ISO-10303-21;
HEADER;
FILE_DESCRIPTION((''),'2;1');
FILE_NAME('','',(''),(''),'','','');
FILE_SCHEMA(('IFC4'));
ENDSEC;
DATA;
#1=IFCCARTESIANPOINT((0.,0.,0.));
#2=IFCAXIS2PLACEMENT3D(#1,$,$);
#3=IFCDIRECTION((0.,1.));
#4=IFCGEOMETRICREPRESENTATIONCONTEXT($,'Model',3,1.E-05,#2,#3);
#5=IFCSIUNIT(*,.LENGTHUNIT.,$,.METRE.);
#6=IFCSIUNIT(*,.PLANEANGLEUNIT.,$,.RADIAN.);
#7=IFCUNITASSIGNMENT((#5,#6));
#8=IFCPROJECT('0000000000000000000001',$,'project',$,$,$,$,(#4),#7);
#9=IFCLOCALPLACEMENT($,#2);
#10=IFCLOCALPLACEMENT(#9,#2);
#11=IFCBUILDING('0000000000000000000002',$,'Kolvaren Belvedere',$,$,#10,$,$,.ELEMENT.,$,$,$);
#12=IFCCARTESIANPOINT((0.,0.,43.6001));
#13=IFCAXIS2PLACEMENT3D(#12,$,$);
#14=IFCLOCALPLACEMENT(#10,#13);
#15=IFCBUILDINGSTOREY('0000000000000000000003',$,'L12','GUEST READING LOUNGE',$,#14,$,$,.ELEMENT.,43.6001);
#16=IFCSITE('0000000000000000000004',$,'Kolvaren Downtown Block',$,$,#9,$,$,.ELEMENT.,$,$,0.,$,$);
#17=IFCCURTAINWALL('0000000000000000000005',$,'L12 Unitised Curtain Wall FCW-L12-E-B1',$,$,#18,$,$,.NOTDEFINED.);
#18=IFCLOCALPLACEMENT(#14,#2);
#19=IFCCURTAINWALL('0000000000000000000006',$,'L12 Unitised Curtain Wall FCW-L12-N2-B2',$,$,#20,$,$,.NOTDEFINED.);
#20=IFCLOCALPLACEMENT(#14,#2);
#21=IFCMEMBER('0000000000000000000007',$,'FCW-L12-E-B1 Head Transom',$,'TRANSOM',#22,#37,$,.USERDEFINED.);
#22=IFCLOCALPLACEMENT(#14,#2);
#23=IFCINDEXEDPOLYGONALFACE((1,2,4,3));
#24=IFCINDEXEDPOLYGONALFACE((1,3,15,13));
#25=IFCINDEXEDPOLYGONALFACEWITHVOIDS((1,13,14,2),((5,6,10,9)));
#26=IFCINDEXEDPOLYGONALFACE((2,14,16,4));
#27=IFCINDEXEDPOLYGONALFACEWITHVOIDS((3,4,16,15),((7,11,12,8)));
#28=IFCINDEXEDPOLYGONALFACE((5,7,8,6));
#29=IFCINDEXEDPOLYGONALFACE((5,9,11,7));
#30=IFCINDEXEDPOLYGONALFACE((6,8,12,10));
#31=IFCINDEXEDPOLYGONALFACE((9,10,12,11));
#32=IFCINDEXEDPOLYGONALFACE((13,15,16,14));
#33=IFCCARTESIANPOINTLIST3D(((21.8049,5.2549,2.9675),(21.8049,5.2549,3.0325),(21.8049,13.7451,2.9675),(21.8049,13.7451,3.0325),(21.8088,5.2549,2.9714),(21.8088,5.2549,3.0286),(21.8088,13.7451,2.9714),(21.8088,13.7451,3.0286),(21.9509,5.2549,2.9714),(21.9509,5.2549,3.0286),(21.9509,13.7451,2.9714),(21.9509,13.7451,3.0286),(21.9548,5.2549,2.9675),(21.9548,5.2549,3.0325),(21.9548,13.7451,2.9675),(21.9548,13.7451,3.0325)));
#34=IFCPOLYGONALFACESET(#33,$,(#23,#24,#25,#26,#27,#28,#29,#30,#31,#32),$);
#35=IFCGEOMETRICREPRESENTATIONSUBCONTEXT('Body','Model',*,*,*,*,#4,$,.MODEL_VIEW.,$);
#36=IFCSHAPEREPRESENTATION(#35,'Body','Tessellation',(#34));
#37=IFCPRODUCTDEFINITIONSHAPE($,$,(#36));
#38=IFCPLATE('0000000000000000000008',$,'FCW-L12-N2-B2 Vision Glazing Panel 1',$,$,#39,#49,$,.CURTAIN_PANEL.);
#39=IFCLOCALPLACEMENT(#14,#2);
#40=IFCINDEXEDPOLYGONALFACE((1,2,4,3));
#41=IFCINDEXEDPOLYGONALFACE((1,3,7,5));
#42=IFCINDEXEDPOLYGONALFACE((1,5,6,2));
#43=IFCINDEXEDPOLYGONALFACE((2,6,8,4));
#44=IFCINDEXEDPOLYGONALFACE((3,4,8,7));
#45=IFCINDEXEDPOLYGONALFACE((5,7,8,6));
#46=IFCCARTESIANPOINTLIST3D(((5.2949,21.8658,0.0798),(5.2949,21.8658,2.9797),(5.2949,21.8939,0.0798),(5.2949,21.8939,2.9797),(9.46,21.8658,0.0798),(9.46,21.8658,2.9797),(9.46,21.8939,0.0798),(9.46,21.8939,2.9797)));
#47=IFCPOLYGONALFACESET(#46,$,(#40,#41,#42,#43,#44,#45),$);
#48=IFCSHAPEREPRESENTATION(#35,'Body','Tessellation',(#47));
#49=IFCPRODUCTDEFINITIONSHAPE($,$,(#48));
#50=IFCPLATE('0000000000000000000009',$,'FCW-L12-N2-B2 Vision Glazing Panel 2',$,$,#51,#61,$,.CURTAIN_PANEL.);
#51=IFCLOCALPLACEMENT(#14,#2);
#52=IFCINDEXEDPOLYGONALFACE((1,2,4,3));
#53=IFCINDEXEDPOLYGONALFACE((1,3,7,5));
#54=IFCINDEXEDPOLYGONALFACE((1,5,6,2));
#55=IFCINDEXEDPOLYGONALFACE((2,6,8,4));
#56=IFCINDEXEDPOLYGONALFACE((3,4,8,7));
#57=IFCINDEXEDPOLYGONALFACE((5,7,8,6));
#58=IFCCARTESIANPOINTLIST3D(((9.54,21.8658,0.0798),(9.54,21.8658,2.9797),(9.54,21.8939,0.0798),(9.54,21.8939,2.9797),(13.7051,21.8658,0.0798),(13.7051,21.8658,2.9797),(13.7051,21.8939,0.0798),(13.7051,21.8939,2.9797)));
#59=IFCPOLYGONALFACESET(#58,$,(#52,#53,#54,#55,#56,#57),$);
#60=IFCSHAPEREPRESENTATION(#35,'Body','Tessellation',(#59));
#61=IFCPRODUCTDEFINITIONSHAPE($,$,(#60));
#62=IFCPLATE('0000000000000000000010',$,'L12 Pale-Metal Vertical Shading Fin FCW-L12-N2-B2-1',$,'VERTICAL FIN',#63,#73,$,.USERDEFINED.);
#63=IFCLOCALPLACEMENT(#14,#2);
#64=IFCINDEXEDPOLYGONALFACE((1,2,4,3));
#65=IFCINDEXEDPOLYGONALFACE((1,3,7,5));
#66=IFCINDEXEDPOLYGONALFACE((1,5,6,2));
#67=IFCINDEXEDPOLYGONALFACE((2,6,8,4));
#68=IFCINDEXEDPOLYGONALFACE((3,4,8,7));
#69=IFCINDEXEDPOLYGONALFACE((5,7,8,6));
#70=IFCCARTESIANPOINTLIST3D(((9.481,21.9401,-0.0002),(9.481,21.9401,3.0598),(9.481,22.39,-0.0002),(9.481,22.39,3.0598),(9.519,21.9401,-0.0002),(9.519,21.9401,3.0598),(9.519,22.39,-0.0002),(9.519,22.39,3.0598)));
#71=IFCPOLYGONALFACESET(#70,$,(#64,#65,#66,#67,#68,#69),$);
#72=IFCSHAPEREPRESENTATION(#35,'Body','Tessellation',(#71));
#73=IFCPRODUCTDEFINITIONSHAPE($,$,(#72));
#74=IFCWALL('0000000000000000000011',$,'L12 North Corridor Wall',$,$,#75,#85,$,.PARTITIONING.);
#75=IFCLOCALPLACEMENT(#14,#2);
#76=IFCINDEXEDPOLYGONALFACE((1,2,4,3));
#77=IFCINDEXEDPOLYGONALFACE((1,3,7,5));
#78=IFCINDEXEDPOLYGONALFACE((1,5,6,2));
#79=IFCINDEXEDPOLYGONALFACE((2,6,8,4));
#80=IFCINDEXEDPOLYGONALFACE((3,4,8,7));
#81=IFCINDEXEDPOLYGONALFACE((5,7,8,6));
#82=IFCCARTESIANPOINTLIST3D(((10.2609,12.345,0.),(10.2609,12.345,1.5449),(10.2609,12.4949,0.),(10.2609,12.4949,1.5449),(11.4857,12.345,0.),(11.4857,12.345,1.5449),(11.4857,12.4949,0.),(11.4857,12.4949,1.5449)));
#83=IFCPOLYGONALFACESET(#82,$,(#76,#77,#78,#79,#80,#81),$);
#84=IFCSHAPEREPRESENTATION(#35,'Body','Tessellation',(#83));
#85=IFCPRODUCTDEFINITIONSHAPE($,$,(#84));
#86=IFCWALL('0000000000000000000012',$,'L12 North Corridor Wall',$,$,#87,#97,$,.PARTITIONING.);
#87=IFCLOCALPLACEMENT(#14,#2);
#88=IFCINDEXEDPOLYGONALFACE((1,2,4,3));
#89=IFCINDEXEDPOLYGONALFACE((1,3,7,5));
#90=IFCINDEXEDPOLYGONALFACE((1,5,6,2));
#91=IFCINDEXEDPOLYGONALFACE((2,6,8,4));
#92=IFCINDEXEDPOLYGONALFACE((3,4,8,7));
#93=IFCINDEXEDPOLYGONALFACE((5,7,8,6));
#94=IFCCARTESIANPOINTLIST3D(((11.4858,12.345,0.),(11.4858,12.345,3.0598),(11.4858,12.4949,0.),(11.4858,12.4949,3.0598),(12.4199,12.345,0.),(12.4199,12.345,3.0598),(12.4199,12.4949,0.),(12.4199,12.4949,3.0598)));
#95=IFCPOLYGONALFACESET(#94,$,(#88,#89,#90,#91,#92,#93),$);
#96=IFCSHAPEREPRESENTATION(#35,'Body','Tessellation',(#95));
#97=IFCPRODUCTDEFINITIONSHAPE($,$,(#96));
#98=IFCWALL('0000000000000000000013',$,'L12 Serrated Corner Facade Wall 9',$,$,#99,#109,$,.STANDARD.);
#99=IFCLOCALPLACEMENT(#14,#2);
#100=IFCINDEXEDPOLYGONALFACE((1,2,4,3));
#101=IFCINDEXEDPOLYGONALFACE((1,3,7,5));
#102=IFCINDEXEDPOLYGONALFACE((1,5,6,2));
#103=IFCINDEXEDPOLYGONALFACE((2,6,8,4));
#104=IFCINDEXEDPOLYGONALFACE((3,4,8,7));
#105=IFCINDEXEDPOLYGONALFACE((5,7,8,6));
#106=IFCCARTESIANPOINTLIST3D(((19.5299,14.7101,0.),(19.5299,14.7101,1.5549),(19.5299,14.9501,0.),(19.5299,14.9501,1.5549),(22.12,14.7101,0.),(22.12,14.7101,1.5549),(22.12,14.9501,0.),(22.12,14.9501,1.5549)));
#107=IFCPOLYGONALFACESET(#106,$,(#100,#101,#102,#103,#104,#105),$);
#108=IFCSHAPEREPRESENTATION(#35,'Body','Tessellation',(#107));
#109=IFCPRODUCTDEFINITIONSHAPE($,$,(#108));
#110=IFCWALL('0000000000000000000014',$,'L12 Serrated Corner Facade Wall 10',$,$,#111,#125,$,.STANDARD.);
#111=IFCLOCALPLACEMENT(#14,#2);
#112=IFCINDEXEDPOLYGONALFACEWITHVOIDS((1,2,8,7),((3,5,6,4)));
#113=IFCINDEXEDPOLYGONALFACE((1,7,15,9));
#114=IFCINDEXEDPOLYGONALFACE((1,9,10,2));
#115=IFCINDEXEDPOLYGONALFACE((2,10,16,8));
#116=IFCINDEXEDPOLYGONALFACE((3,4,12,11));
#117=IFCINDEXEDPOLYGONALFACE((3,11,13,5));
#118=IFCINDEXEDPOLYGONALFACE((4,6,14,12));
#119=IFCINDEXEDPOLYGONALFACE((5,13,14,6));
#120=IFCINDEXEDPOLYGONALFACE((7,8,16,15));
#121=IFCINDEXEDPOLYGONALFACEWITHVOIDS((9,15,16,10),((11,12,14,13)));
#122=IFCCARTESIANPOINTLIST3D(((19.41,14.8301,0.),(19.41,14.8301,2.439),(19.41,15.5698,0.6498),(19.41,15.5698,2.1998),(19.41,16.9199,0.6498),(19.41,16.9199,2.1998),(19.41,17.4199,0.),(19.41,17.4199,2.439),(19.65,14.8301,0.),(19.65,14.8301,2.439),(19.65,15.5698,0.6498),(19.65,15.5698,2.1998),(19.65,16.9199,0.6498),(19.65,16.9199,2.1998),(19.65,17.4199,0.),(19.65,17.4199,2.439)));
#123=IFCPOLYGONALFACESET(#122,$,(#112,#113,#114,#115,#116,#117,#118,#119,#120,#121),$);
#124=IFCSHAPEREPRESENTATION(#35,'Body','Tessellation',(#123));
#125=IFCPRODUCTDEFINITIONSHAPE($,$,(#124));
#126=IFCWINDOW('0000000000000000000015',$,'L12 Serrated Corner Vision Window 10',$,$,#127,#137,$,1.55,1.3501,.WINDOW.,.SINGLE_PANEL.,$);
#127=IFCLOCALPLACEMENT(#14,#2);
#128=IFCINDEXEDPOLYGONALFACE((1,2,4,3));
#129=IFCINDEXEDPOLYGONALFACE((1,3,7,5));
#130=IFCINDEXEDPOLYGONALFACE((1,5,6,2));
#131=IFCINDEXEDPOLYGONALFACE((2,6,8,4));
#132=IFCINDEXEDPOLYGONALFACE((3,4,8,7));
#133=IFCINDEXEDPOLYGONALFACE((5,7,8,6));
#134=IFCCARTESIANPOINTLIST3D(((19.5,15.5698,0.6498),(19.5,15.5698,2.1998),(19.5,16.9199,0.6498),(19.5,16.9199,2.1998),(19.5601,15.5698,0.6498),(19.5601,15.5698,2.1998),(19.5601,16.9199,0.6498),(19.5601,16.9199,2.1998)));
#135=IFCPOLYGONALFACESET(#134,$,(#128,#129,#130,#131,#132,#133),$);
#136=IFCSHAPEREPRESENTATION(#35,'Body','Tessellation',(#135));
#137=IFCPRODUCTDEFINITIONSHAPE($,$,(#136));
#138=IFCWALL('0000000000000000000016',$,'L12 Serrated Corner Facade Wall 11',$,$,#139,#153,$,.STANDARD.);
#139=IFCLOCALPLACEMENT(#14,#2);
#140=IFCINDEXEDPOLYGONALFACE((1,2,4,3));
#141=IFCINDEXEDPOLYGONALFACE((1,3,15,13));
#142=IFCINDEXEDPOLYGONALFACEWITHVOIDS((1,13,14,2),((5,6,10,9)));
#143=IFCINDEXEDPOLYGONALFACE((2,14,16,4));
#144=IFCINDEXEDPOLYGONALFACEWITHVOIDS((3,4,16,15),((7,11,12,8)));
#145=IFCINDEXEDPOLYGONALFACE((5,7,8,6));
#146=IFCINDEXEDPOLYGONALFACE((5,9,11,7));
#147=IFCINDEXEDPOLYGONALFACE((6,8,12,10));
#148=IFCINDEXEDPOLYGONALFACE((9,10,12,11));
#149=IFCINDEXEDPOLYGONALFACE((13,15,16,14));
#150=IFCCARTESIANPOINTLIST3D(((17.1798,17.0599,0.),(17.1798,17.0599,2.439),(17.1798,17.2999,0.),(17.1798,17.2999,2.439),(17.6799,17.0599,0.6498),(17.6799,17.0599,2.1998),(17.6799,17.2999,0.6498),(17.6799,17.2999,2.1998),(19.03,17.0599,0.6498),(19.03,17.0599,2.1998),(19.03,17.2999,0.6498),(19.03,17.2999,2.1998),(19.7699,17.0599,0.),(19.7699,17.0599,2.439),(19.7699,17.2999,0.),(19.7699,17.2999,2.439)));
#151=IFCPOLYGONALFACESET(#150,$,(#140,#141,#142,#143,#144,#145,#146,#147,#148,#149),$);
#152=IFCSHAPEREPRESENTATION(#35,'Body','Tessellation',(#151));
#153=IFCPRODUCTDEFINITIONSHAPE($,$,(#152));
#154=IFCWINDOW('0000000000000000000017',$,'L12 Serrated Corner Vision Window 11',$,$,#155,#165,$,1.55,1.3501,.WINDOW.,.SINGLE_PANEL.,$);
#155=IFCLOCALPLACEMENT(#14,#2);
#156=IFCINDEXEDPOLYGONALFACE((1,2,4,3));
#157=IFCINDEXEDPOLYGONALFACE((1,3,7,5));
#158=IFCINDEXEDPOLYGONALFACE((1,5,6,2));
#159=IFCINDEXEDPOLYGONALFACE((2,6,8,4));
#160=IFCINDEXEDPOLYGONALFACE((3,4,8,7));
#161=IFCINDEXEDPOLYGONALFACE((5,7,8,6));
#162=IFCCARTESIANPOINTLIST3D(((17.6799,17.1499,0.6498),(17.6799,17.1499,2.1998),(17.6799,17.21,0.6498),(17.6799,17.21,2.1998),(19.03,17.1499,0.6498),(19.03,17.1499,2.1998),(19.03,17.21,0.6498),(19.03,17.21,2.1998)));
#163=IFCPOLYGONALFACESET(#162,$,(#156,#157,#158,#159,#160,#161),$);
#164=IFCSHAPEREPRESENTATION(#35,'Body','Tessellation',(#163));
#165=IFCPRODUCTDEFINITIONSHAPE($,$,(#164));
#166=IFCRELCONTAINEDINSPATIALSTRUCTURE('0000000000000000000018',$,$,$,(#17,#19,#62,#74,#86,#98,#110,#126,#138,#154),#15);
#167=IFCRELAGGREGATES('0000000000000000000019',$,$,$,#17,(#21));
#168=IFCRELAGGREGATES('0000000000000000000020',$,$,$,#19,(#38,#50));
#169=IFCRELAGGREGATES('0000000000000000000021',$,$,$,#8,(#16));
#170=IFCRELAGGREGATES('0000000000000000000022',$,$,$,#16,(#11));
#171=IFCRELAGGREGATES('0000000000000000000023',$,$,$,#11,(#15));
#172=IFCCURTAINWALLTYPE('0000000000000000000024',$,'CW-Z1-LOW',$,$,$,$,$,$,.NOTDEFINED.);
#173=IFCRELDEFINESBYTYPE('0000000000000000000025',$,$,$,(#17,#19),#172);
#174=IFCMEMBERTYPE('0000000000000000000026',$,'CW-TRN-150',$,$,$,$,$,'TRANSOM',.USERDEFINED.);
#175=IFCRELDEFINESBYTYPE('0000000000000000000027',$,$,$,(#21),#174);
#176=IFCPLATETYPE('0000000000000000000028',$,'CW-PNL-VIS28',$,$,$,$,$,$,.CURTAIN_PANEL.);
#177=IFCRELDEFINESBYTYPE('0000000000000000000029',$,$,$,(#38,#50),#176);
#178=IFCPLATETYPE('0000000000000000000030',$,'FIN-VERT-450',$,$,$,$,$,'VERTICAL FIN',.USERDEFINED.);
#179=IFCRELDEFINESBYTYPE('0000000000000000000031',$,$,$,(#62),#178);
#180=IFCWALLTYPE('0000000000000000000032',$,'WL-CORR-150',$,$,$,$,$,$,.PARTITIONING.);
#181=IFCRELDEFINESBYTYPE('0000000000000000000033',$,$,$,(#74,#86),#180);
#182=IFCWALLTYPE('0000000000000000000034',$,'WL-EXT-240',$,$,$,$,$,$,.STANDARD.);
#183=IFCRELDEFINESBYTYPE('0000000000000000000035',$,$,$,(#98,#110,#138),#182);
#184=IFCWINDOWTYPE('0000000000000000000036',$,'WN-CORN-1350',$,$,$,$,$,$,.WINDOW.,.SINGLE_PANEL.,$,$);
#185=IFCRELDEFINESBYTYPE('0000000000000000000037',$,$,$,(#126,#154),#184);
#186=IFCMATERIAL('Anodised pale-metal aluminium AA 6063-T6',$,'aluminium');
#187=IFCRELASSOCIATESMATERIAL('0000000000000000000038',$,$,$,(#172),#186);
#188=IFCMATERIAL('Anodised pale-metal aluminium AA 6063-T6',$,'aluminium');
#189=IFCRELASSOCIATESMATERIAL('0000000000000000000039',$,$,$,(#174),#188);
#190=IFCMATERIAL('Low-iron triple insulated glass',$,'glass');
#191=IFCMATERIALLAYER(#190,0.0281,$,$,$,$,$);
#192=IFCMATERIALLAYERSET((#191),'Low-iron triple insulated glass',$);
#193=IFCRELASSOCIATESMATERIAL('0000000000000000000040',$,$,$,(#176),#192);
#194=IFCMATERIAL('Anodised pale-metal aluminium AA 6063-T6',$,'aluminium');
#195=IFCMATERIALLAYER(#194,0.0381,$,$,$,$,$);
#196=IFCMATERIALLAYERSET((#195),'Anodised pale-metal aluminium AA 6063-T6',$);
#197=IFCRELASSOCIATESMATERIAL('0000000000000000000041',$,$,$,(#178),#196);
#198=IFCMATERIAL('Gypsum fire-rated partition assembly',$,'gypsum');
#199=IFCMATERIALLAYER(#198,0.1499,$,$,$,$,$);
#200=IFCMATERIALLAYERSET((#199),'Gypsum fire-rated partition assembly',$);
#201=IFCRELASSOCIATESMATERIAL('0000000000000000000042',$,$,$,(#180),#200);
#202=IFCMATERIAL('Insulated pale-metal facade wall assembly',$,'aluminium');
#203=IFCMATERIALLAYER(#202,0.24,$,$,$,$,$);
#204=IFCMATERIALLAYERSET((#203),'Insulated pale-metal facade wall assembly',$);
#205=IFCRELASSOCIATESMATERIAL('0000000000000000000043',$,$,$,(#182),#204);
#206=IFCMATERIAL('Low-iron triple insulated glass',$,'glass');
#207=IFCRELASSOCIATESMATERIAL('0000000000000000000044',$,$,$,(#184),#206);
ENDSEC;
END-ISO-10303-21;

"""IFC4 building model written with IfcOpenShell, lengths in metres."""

from ifc_helpers import new_model, si_unit, direction, frame, frame_2d, origin, origin_2d, place, context, subcontext, project, spatial, rectangle, hollow_rectangle, extrude, material, layer, layer_set, material_profile, profile_set, type_object, element, fill, aggregate, save


model = new_model("IFC4")

# Units and contexts
model_context = context("Model", 3, precision=1e-05, world=origin(), true_north=direction((0.0, 1.0)))
body_context = subcontext(model_context, "Body", "Model", "MODEL_VIEW")
ifc_project = project(units=[si_unit("LENGTHUNIT", "METRE"), si_unit("PLANEANGLEUNIT", "RADIAN")], contexts=[model_context])

# Site, building, storey
site_placement = place(None, origin())
site = spatial("IfcSite", under=ifc_project, at=site_placement, Name="Kolvaren Downtown Block", CompositionType="ELEMENT", RefElevation=0.0)
building_placement = place(site_placement, origin())
building = spatial("IfcBuilding", under=site, at=building_placement, Name="Kolvaren Belvedere", CompositionType="ELEMENT")
storey_placement = place(building_placement, frame((0.0, 0.0, 43.6001)))
storey = spatial("IfcBuildingStorey", under=building, at=storey_placement, Name="L12", Description="GUEST READING LOUNGE", CompositionType="ELEMENT", Elevation=43.6001)

# Curtain wall
ifc_material_1 = material(Name="Anodised pale-metal aluminium AA 6063-T6", Category="aluminium")
curtain_wall_type = type_object("IfcCurtainWallType", Name="CW-Z1-LOW", PredefinedType="NOTDEFINED", material=ifc_material_1)
curtain_wall_1_placement = place(storey_placement, origin())
curtain_wall_1 = element("IfcCurtainWall", 1, at=curtain_wall_1_placement, inside=storey, type_object=curtain_wall_type, Name="L12 Unitised Curtain Wall FCW-L12-E-B1", PredefinedType="NOTDEFINED")

# Curtain wall
curtain_wall_2_placement = place(storey_placement, origin())
curtain_wall_2 = element("IfcCurtainWall", 2, at=curtain_wall_2_placement, inside=storey, type_object=curtain_wall_type, Name="L12 Unitised Curtain Wall FCW-L12-N2-B2", PredefinedType="NOTDEFINED")

# Member
ifc_material_2 = material(Name="Anodised pale-metal aluminium AA 6063-T6", Category="aluminium")
ifc_material_profile_1 = material_profile(ifc_material_2, hollow_rectangle(XDim=0.0649, YDim=0.1499, WallThickness=0.0039, at=origin_2d()), Name="ALU-TRN-150X65")
ifc_profile_set_1 = profile_set([ifc_material_profile_1], Name="Anodised pale-metal aluminium AA 6063-T6")
member_type_1 = type_object("IfcMemberType", Name="CW-TRN-150", ElementType="TRANSOM", PredefinedType="USERDEFINED", material=ifc_profile_set_1)
member_1_placement = place(storey_placement, frame((21.8799, 13.7451, 3.0), z_axis=(0.0, -1.0, 0.0), x_axis=(0.0, 0.0, 1.0)))
member_1 = element("IfcMember", 3, at=member_1_placement, type_object=member_type_1, Name="FCW-L12-E-B1 Head Transom", ObjectType="TRANSOM", PredefinedType="USERDEFINED", context=body_context, shape_type="SweptSolid", body=[
    extrude(hollow_rectangle(XDim=0.0649, YDim=0.1499, WallThickness=0.0039, at=origin_2d()), origin(), (0.0, 0.0, 1.0), 8.4902),
])
aggregate(curtain_wall_1, [member_1])

# Plates
ifc_material_3 = material(Name="Low-iron triple insulated glass", Category="glass")
ifc_layer_1 = layer(ifc_material_3, 0.0281)
ifc_layer_set_1 = layer_set([ifc_layer_1], Name="Low-iron triple insulated glass")
plate_type_1 = type_object("IfcPlateType", Name="CW-PNL-VIS28", PredefinedType="CURTAIN_PANEL", material=ifc_layer_set_1)
plate_1_placement = place(storey_placement, frame((7.3774, 21.8799, 0.0798), z_axis=(0.0, 0.0, 1.0), x_axis=(1.0, 0.0, 0.0)))
plate_1 = element("IfcPlate", 4, at=plate_1_placement, type_object=plate_type_1, Name="FCW-L12-N2-B2 Vision Glazing Panel 1", PredefinedType="CURTAIN_PANEL", context=body_context, shape_type="SweptSolid", body=[
    extrude(rectangle(XDim=4.165, YDim=0.0281, at=origin_2d()), origin(), (0.0, 0.0, 1.0), 2.8999),
])
plate_2_placement = place(storey_placement, frame((11.6226, 21.8799, 0.0798), z_axis=(0.0, 0.0, 1.0), x_axis=(1.0, 0.0, 0.0)))
plate_2 = element("IfcPlate", 5, at=plate_2_placement, type_object=plate_type_1, Name="FCW-L12-N2-B2 Vision Glazing Panel 2", PredefinedType="CURTAIN_PANEL", context=body_context, shape_type="SweptSolid", body=[
    extrude(rectangle(XDim=4.165, YDim=0.0281, at=origin_2d()), origin(), (0.0, 0.0, 1.0), 2.8999),
])
aggregate(curtain_wall_2, [plate_1, plate_2])
ifc_material_4 = material(Name="Anodised pale-metal aluminium AA 6063-T6", Category="aluminium")
ifc_layer_2 = layer(ifc_material_4, 0.0381)
ifc_layer_set_2 = layer_set([ifc_layer_2], Name="Anodised pale-metal aluminium AA 6063-T6")
plate_type_2 = type_object("IfcPlateType", Name="FIN-VERT-450", ElementType="VERTICAL FIN", PredefinedType="USERDEFINED", material=ifc_layer_set_2)
plate_3_placement = place(storey_placement, frame((9.5, 22.165, -0.0002), z_axis=(0.0, 0.0, 1.0), x_axis=(0.0, 1.0, 0.0)))
element("IfcPlate", 6, at=plate_3_placement, inside=storey, type_object=plate_type_2, Name="L12 Pale-Metal Vertical Shading Fin FCW-L12-N2-B2-1", ObjectType="VERTICAL FIN", PredefinedType="USERDEFINED", context=body_context, shape_type="SweptSolid", body=[
    extrude(rectangle(XDim=0.45, YDim=0.0381, at=origin_2d()), origin(), (0.0, 0.0, 1.0), 3.0601),
])

# Walls
ifc_material_5 = material(Name="Gypsum fire-rated partition assembly", Category="gypsum")
ifc_layer_3 = layer(ifc_material_5, 0.1499)
ifc_layer_set_3 = layer_set([ifc_layer_3], Name="Gypsum fire-rated partition assembly")
wall_type_1 = type_object("IfcWallType", Name="WL-CORR-150", PredefinedType="PARTITIONING", material=ifc_layer_set_3)
wall_1_placement = place(storey_placement, frame((10.261, 12.4199, 0.0), z_axis=(0.0, 0.0, 1.0), x_axis=(1.0, 0.0, 0.0)))
element("IfcWall", 7, at=wall_1_placement, inside=storey, type_object=wall_type_1, Name="L12 North Corridor Wall", PredefinedType="PARTITIONING", context=body_context, shape_type="SweptSolid", body=[
    extrude(rectangle(XDim=1.2249, YDim=0.1499, at=frame_2d((0.6123, 0.0))), origin(), (0.0, 0.0, 1.0), 1.5449),
])
wall_2_placement = place(storey_placement, frame((11.4858, 12.4199, 0.0), z_axis=(0.0, 0.0, 1.0), x_axis=(1.0, 0.0, 0.0)))
element("IfcWall", 8, at=wall_2_placement, inside=storey, type_object=wall_type_1, Name="L12 North Corridor Wall", PredefinedType="PARTITIONING", context=body_context, shape_type="SweptSolid", body=[
    extrude(rectangle(XDim=0.9341, YDim=0.1499, at=frame_2d((0.467, 0.0))), origin(), (0.0, 0.0, 1.0), 3.0598),
])
ifc_material_6 = material(Name="Insulated pale-metal facade wall assembly", Category="aluminium")
ifc_layer_4 = layer(ifc_material_6, 0.24)
ifc_layer_set_4 = layer_set([ifc_layer_4], Name="Insulated pale-metal facade wall assembly")
wall_type_2 = type_object("IfcWallType", Name="WL-EXT-240", PredefinedType="STANDARD", material=ifc_layer_set_4)
wall_3_placement = place(storey_placement, frame((19.53, 14.8301, 0.0), z_axis=(0.0, 0.0, 1.0), x_axis=(1.0, 0.0, 0.0)))
element("IfcWall", 9, at=wall_3_placement, inside=storey, type_object=wall_type_2, Name="L12 Serrated Corner Facade Wall 9", PredefinedType="STANDARD", context=body_context, shape_type="SweptSolid", body=[
    extrude(rectangle(XDim=2.5901, YDim=0.24, at=frame_2d((1.2949, 0.0))), origin(), (0.0, 0.0, 1.0), 1.5549),
])

# Walls, openings, windows
wall_4_placement = place(storey_placement, frame((19.53, 17.4199, 0.0), z_axis=(0.0, 0.0, 1.0), x_axis=(0.0, -1.0, 0.0)))
wall_4 = element("IfcWall", 10, at=wall_4_placement, inside=storey, type_object=wall_type_2, Name="L12 Serrated Corner Facade Wall 10", PredefinedType="STANDARD", context=body_context, shape_type="SweptSolid", body=[
    extrude(rectangle(XDim=2.5898, YDim=0.24, at=frame_2d((1.2949, 0.0))), origin(), (0.0, 0.0, 1.0), 2.439),
])
opening_1_placement = place(wall_4_placement, frame((0.5, 0.0, 0.6499)))
opening_1 = element("IfcOpeningElement", 11, at=opening_1_placement, cuts=wall_4, PredefinedType="OPENING", context=body_context, shape_type="SweptSolid", body=[
    extrude(rectangle(XDim=1.3501, YDim=1.55, at=frame_2d((0.675, 0.7749))), frame((0.0, 0.1299, 0.0), z_axis=(0.0, -1.0, 0.0), x_axis=(1.0, 0.0, 0.0)), (0.0, 0.0, 1.0), 0.26),
])
ifc_material_7 = material(Name="Low-iron triple insulated glass", Category="glass")
window_type = type_object("IfcWindowType", Name="WN-CORN-1350", PartitioningType="SINGLE_PANEL", PredefinedType="WINDOW", material=ifc_material_7)
window_1_placement = place(opening_1_placement, origin())
window_1 = element("IfcWindow", 12, at=window_1_placement, inside=storey, type_object=window_type, Name="L12 Serrated Corner Vision Window 10", OverallHeight=1.55, OverallWidth=1.3501, PartitioningType="SINGLE_PANEL", PredefinedType="WINDOW", context=body_context, shape_type="SweptSolid", body=[
    extrude(rectangle(XDim=1.3501, YDim=1.55, at=frame_2d((0.675, 0.7749))), frame((0.0, 0.03, 0.0), z_axis=(0.0, -1.0, 0.0), x_axis=(1.0, 0.0, 0.0)), (0.0, 0.0, 1.0), 0.0601),
])
fill(opening_1, window_1)
wall_5_placement = place(storey_placement, frame((17.1799, 17.1799, 0.0), z_axis=(0.0, 0.0, 1.0), x_axis=(1.0, 0.0, 0.0)))
wall_5 = element("IfcWall", 13, at=wall_5_placement, inside=storey, type_object=wall_type_2, Name="L12 Serrated Corner Facade Wall 11", PredefinedType="STANDARD", context=body_context, shape_type="SweptSolid", body=[
    extrude(rectangle(XDim=2.5901, YDim=0.24, at=frame_2d((1.2949, 0.0))), origin(), (0.0, 0.0, 1.0), 2.439),
])
opening_2_placement = place(wall_5_placement, frame((0.5, 0.0, 0.6499)))
opening_2 = element("IfcOpeningElement", 14, at=opening_2_placement, cuts=wall_5, PredefinedType="OPENING", context=body_context, shape_type="SweptSolid", body=[
    extrude(rectangle(XDim=1.3501, YDim=1.55, at=frame_2d((0.675, 0.7749))), frame((0.0, 0.1299, 0.0), z_axis=(0.0, -1.0, 0.0), x_axis=(1.0, 0.0, 0.0)), (0.0, 0.0, 1.0), 0.26),
])
window_2_placement = place(opening_2_placement, origin())
window_2 = element("IfcWindow", 15, at=window_2_placement, inside=storey, type_object=window_type, Name="L12 Serrated Corner Vision Window 11", OverallHeight=1.55, OverallWidth=1.3501, PartitioningType="SINGLE_PANEL", PredefinedType="WINDOW", context=body_context, shape_type="SweptSolid", body=[
    extrude(rectangle(XDim=1.3501, YDim=1.55, at=frame_2d((0.675, 0.7749))), frame((0.0, 0.03, 0.0), z_axis=(0.0, -1.0, 0.0), x_axis=(1.0, 0.0, 0.0)), (0.0, 0.0, 1.0), 0.0601),
])
fill(opening_2, window_2)

save(model, "model.ifc")
